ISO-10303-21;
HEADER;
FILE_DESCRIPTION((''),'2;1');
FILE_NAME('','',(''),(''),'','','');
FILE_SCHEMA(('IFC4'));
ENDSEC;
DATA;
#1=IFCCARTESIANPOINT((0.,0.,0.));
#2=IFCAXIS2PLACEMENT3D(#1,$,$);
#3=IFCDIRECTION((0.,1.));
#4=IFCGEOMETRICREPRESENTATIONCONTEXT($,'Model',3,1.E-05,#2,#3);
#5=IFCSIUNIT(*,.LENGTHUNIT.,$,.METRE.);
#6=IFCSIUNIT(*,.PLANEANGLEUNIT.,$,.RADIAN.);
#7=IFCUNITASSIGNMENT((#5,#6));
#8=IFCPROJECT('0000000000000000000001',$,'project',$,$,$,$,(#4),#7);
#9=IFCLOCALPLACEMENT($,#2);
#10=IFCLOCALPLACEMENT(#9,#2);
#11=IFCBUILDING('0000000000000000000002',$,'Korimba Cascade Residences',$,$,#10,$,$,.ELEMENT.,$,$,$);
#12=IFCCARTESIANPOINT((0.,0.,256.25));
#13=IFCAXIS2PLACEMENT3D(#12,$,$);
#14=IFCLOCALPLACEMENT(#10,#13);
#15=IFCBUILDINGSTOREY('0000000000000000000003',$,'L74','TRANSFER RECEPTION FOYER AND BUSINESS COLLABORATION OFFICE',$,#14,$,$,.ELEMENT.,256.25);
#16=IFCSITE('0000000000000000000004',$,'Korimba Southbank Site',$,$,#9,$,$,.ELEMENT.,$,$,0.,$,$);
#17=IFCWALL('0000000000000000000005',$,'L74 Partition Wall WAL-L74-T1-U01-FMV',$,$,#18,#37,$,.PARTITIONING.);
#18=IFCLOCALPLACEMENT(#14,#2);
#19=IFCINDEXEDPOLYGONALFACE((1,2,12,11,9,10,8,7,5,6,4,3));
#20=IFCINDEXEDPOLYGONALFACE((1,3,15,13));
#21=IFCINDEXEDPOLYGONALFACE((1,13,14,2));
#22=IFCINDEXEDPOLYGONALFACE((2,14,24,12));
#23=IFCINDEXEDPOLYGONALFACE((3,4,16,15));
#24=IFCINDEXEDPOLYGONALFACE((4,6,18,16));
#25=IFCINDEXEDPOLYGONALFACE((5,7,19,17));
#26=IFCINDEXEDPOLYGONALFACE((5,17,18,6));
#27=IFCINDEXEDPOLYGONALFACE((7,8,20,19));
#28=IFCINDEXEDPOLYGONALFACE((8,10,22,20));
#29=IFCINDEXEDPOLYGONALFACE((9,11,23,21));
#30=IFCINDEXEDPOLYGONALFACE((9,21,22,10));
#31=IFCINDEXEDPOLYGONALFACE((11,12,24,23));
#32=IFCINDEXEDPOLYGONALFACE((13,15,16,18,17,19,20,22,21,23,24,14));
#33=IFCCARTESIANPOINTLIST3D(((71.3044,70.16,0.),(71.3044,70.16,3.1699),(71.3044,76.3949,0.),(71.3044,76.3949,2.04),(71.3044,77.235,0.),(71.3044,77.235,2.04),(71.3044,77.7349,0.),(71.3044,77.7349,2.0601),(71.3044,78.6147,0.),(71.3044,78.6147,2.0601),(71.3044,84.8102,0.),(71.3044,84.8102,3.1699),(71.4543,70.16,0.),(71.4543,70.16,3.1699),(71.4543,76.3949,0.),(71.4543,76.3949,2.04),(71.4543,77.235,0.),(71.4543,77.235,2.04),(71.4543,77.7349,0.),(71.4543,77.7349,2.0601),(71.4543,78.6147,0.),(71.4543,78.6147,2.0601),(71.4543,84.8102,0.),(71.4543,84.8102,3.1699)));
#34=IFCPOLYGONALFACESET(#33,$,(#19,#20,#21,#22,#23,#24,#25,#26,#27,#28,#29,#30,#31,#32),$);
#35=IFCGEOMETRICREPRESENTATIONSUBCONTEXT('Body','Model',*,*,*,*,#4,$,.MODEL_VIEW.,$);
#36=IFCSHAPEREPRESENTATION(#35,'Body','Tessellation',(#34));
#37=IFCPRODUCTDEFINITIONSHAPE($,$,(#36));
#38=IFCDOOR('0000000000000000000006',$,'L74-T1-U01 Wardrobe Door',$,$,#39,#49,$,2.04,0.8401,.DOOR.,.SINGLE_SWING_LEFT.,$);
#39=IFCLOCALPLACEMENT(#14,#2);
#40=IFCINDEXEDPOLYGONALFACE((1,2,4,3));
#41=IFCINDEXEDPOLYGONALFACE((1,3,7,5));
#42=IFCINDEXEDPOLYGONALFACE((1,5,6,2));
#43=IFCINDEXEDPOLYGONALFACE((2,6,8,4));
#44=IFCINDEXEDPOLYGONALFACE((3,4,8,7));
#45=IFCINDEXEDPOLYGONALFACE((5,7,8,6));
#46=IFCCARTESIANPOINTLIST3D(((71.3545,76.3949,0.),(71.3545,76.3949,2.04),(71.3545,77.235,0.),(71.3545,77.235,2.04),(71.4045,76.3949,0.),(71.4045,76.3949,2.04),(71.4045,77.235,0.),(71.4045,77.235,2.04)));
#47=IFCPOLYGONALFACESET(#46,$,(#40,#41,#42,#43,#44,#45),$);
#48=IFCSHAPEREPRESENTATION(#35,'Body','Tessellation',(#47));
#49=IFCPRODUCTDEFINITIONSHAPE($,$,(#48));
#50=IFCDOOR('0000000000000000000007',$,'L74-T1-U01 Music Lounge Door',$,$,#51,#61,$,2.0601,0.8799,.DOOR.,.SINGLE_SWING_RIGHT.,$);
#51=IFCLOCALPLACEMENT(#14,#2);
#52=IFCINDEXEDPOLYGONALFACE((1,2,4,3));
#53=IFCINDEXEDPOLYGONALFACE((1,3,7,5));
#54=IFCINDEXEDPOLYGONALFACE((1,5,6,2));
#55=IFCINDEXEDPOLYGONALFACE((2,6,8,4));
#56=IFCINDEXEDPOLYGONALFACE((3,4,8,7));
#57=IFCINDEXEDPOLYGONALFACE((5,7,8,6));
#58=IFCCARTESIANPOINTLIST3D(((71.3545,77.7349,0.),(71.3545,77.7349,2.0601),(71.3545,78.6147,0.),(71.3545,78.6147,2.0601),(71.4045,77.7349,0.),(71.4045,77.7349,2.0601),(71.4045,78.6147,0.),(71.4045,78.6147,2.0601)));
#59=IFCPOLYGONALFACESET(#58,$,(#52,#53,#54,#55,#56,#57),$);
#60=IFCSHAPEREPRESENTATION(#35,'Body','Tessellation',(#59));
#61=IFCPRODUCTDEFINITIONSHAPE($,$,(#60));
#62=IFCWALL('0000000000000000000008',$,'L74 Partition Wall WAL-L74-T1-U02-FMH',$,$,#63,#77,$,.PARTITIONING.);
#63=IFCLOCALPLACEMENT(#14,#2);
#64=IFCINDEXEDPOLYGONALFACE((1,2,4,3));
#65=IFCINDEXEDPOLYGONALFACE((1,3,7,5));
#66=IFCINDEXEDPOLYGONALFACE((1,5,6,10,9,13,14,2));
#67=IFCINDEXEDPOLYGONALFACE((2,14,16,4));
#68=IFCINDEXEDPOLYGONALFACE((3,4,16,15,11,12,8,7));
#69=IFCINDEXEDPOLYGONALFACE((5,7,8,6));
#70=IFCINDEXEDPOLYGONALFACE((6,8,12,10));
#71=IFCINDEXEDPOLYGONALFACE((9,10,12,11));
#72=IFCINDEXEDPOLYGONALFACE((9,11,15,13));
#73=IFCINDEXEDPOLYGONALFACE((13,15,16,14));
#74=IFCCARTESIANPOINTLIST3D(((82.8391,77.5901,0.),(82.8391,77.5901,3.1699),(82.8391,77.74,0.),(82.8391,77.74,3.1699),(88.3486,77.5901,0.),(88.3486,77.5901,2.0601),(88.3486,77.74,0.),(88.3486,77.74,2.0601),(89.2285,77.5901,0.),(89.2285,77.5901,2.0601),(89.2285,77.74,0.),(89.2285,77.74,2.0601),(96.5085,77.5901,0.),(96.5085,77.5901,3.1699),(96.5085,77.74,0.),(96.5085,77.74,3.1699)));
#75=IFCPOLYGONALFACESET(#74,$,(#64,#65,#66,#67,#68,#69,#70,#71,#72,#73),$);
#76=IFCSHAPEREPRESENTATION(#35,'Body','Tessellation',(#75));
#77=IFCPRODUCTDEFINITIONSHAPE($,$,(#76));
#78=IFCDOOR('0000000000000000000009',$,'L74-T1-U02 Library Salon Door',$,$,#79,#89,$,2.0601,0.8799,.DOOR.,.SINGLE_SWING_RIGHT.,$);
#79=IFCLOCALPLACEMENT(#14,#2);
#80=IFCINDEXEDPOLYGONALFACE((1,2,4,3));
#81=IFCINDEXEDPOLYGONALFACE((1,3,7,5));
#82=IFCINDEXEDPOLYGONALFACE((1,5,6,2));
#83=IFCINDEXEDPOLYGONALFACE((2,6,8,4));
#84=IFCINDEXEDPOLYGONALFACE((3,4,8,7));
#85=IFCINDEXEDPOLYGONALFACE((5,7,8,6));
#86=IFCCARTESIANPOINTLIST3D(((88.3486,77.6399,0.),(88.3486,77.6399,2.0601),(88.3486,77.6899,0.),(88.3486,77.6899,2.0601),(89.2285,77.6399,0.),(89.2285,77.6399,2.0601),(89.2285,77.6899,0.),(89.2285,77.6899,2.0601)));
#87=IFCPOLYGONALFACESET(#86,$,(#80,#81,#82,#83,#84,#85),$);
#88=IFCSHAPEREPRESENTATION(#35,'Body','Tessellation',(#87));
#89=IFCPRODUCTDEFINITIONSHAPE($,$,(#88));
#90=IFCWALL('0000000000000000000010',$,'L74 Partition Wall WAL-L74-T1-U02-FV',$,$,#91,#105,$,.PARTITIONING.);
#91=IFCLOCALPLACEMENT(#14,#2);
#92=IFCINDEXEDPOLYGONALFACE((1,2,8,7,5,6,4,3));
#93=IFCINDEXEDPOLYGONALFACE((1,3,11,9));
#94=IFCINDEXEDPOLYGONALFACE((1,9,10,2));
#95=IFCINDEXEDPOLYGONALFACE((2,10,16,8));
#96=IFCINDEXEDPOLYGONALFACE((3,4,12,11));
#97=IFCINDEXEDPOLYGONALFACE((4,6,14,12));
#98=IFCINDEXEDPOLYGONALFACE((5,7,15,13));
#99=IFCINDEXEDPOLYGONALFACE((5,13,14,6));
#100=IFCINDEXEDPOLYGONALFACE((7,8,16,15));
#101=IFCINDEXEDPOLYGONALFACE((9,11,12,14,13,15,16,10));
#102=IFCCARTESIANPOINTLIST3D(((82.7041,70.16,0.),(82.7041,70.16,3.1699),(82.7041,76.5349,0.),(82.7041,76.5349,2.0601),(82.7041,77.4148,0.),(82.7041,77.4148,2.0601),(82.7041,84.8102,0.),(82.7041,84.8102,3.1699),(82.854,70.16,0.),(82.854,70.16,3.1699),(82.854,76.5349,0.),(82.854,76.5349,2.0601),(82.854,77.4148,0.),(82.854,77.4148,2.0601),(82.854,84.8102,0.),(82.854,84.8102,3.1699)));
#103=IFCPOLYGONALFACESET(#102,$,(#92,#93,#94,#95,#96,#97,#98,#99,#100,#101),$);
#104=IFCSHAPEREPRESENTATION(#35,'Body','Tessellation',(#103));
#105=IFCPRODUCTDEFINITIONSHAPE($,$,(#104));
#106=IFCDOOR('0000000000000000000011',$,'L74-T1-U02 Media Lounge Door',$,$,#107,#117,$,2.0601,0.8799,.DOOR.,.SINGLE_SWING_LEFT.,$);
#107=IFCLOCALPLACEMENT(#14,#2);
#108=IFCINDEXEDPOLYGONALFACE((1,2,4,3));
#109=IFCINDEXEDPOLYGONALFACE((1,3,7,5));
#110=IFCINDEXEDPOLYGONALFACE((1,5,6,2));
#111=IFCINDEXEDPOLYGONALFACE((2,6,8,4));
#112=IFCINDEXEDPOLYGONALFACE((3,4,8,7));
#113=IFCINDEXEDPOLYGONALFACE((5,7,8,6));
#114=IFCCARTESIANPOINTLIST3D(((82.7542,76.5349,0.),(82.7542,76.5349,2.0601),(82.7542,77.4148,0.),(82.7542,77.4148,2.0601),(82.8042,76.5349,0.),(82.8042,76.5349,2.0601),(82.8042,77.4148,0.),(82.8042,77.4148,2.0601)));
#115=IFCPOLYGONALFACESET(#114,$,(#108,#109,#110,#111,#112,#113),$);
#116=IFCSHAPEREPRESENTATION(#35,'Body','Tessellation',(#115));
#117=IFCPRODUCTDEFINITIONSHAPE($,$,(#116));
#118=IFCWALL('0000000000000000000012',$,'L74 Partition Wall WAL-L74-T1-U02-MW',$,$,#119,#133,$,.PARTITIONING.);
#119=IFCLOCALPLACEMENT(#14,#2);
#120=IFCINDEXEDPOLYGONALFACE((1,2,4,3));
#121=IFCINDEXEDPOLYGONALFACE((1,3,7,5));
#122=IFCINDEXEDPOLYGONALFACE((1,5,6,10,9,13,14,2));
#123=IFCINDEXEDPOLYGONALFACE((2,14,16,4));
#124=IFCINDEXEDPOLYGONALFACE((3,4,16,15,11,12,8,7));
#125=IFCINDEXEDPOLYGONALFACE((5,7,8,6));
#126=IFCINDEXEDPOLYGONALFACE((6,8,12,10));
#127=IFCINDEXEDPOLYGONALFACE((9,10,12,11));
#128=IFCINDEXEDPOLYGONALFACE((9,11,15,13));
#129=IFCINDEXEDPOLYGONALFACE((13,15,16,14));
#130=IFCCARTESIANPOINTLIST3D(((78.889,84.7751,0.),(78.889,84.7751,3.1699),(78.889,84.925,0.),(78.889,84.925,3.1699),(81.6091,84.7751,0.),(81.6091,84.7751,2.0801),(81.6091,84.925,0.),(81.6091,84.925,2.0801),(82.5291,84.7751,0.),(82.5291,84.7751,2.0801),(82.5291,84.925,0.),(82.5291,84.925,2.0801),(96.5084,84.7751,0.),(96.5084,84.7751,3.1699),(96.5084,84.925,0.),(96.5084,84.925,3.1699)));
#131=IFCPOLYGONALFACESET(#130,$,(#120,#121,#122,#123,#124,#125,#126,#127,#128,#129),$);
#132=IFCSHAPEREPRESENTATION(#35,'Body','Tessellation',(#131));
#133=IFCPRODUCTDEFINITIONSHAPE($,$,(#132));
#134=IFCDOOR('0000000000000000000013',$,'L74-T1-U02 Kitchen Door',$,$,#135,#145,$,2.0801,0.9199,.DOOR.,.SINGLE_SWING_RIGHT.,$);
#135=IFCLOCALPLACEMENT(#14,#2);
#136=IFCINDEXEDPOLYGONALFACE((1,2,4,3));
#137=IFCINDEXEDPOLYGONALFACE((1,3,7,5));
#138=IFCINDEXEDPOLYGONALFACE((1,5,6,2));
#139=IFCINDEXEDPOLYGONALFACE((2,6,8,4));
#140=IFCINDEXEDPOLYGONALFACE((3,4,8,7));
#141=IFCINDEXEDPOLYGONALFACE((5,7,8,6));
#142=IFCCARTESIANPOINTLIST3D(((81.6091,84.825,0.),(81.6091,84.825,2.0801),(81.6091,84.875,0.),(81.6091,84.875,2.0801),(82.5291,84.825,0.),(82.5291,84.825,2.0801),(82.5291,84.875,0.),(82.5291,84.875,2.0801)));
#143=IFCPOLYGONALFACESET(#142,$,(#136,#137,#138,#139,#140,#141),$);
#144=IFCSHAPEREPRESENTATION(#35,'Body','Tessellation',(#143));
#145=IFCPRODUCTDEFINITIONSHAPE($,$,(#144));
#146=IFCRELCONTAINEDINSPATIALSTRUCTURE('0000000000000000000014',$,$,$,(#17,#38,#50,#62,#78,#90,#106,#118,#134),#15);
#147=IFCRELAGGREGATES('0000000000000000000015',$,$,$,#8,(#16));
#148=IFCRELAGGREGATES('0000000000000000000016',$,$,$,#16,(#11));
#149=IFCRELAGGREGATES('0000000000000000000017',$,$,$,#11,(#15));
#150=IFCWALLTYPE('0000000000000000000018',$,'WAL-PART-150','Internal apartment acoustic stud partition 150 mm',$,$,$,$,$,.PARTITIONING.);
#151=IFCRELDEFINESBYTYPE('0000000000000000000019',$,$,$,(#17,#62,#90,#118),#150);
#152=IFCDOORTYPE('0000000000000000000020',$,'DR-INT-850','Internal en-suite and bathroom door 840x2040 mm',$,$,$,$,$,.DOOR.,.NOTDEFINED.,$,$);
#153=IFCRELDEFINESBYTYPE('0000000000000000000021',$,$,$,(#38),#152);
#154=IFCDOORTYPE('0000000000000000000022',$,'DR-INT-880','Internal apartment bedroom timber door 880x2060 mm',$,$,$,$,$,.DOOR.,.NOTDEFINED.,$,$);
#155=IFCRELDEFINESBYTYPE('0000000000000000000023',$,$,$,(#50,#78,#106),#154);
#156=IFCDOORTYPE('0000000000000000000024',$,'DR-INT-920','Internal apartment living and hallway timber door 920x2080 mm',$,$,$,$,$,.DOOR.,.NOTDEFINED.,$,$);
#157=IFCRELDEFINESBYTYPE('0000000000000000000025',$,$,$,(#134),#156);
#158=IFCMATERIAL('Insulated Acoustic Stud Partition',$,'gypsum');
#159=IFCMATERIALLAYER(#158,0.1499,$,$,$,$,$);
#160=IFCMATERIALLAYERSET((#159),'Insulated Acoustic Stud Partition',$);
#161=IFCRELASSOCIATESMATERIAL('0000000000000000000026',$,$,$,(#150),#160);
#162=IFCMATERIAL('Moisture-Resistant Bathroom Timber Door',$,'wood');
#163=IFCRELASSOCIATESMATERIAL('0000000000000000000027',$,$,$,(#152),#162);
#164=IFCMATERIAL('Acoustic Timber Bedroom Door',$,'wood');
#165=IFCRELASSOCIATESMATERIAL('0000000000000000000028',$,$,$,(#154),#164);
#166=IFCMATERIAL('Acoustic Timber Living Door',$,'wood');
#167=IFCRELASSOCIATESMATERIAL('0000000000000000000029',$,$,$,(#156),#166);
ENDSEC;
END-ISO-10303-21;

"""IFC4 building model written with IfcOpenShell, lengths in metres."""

from ifc_helpers import new_model, si_unit, direction, frame, frame_2d, origin, place, context, subcontext, project, spatial, rectangle, extrude, material, layer, layer_set, type_object, element, fill, save


model = new_model("IFC4")

# Units and contexts
model_context = context("Model", 3, precision=1e-05, world=origin(), true_north=direction((0.0, 1.0)))
body_context = subcontext(model_context, "Body", "Model", "MODEL_VIEW")
ifc_project = project(units=[si_unit("LENGTHUNIT", "METRE"), si_unit("PLANEANGLEUNIT", "RADIAN")], contexts=[model_context])

# Site, building, storey
site_placement = place(None, origin())
site = spatial("IfcSite", under=ifc_project, at=site_placement, Name="Korimba Southbank Site", CompositionType="ELEMENT", RefElevation=0.0)
building_placement = place(site_placement, origin())
building = spatial("IfcBuilding", under=site, at=building_placement, Name="Korimba Cascade Residences", CompositionType="ELEMENT")
storey_placement = place(building_placement, frame((0.0, 0.0, 256.25)))
storey = spatial("IfcBuildingStorey", under=building, at=storey_placement, Name="L74", Description="TRANSFER RECEPTION FOYER AND BUSINESS COLLABORATION OFFICE", CompositionType="ELEMENT", Elevation=256.25)

# Wall, openings, doors
ifc_material_1 = material(Name="Insulated Acoustic Stud Partition", Category="gypsum")
ifc_layer_1 = layer(ifc_material_1, 0.1499)
ifc_layer_set_1 = layer_set([ifc_layer_1], Name="Insulated Acoustic Stud Partition")
wall_type_1 = type_object("IfcWallType", Name="WAL-PART-150", Description="Internal apartment acoustic stud partition 150 mm", PredefinedType="PARTITIONING", material=ifc_layer_set_1)
wall_1_placement = place(storey_placement, frame((71.3794, 70.1599, 0.0), z_axis=(0.0, 0.0, 1.0), x_axis=(0.0, 1.0, 0.0)))
wall_1 = element("IfcWall", 1, at=wall_1_placement, inside=storey, type_object=wall_type_1, Name="L74 Partition Wall WAL-L74-T1-U01-FMV", PredefinedType="PARTITIONING", context=body_context, shape_type="SweptSolid", body=[
    extrude(rectangle(XDim=14.6501, YDim=0.1499, at=frame_2d((7.3252, 0.0))), origin(), (0.0, 0.0, 1.0), 3.1699),
])
opening_1_placement = place(wall_1_placement, frame((6.2351, 0.0, 0.0)))
opening_1 = element("IfcOpeningElement", 2, at=opening_1_placement, cuts=wall_1, PredefinedType="OPENING", context=body_context, shape_type="SweptSolid", body=[
    extrude(rectangle(XDim=0.8401, YDim=2.04, at=frame_2d((0.4199, 1.02))), frame((0.0, 0.085, 0.0), z_axis=(0.0, -1.0, 0.0), x_axis=(1.0, 0.0, 0.0)), (0.0, 0.0, 1.0), 0.1699),
])
opening_2_placement = place(wall_1_placement, frame((7.575, 0.0, 0.0)))
opening_2 = element("IfcOpeningElement", 3, at=opening_2_placement, cuts=wall_1, PredefinedType="OPENING", context=body_context, shape_type="SweptSolid", body=[
    extrude(rectangle(XDim=0.8799, YDim=2.0601, at=frame_2d((0.4399, 1.03))), frame((0.0, 0.085, 0.0), z_axis=(0.0, -1.0, 0.0), x_axis=(1.0, 0.0, 0.0)), (0.0, 0.0, 1.0), 0.1699),
])
ifc_material_2 = material(Name="Moisture-Resistant Bathroom Timber Door", Category="wood")
door_type_1 = type_object("IfcDoorType", Name="DR-INT-850", Description="Internal en-suite and bathroom door 840x2040 mm", OperationType="NOTDEFINED", PredefinedType="DOOR", material=ifc_material_2)
door_1_placement = place(opening_1_placement, origin())
door_1 = element("IfcDoor", 4, at=door_1_placement, inside=storey, type_object=door_type_1, Name="L74-T1-U01 Wardrobe Door", OperationType="SINGLE_SWING_LEFT", OverallHeight=2.04, OverallWidth=0.8401, PredefinedType="DOOR", context=body_context, shape_type="SweptSolid", body=[
    extrude(rectangle(XDim=0.8401, YDim=2.04, at=frame_2d((0.4199, 1.02))), frame((0.0, 0.0249, 0.0), z_axis=(0.0, -1.0, 0.0), x_axis=(1.0, 0.0, 0.0)), (0.0, 0.0, 1.0), 0.05),
])
fill(opening_1, door_1)
ifc_material_3 = material(Name="Acoustic Timber Bedroom Door", Category="wood")
door_type_2 = type_object("IfcDoorType", Name="DR-INT-880", Description="Internal apartment bedroom timber door 880x2060 mm", OperationType="NOTDEFINED", PredefinedType="DOOR", material=ifc_material_3)
door_2_placement = place(opening_2_placement, origin())
door_2 = element("IfcDoor", 5, at=door_2_placement, inside=storey, type_object=door_type_2, Name="L74-T1-U01 Music Lounge Door", OperationType="SINGLE_SWING_RIGHT", OverallHeight=2.0601, OverallWidth=0.8799, PredefinedType="DOOR", context=body_context, shape_type="SweptSolid", body=[
    extrude(rectangle(XDim=0.8799, YDim=2.0601, at=frame_2d((0.4399, 1.03))), frame((0.0, 0.0249, 0.0), z_axis=(0.0, -1.0, 0.0), x_axis=(1.0, 0.0, 0.0)), (0.0, 0.0, 1.0), 0.05),
])
fill(opening_2, door_2)

# Walls, openings, doors
wall_2_placement = place(storey_placement, frame((82.8391, 77.665, 0.0), z_axis=(0.0, 0.0, 1.0), x_axis=(1.0, 0.0, 0.0)))
wall_2 = element("IfcWall", 6, at=wall_2_placement, inside=storey, type_object=wall_type_1, Name="L74 Partition Wall WAL-L74-T1-U02-FMH", PredefinedType="PARTITIONING", context=body_context, shape_type="SweptSolid", body=[
    extrude(rectangle(XDim=13.6694, YDim=0.1499, at=frame_2d((6.8347, 0.0))), origin(), (0.0, 0.0, 1.0), 3.1699),
])
opening_3_placement = place(wall_2_placement, frame((5.5095, 0.0, 0.0)))
opening_3 = element("IfcOpeningElement", 7, at=opening_3_placement, cuts=wall_2, PredefinedType="OPENING", context=body_context, shape_type="SweptSolid", body=[
    extrude(rectangle(XDim=0.8799, YDim=2.0601, at=frame_2d((0.4399, 1.03))), frame((0.0, 0.085, 0.0), z_axis=(0.0, -1.0, 0.0), x_axis=(1.0, 0.0, 0.0)), (0.0, 0.0, 1.0), 0.1699),
])
door_3_placement = place(opening_3_placement, origin())
door_3 = element("IfcDoor", 8, at=door_3_placement, inside=storey, type_object=door_type_2, Name="L74-T1-U02 Library Salon Door", OperationType="SINGLE_SWING_RIGHT", OverallHeight=2.0601, OverallWidth=0.8799, PredefinedType="DOOR", context=body_context, shape_type="SweptSolid", body=[
    extrude(rectangle(XDim=0.8799, YDim=2.0601, at=frame_2d((0.4399, 1.03))), frame((0.0, 0.0249, 0.0), z_axis=(0.0, -1.0, 0.0), x_axis=(1.0, 0.0, 0.0)), (0.0, 0.0, 1.0), 0.05),
])
fill(opening_3, door_3)
wall_3_placement = place(storey_placement, frame((82.7791, 70.1599, 0.0), z_axis=(0.0, 0.0, 1.0), x_axis=(0.0, 1.0, 0.0)))
wall_3 = element("IfcWall", 9, at=wall_3_placement, inside=storey, type_object=wall_type_1, Name="L74 Partition Wall WAL-L74-T1-U02-FV", PredefinedType="PARTITIONING", context=body_context, shape_type="SweptSolid", body=[
    extrude(rectangle(XDim=14.6501, YDim=0.1499, at=frame_2d((7.3252, 0.0))), origin(), (0.0, 0.0, 1.0), 3.1699),
])
opening_4_placement = place(wall_3_placement, frame((6.375, 0.0, 0.0)))
opening_4 = element("IfcOpeningElement", 10, at=opening_4_placement, cuts=wall_3, PredefinedType="OPENING", context=body_context, shape_type="SweptSolid", body=[
    extrude(rectangle(XDim=0.8799, YDim=2.0601, at=frame_2d((0.4399, 1.03))), frame((0.0, 0.085, 0.0), z_axis=(0.0, -1.0, 0.0), x_axis=(1.0, 0.0, 0.0)), (0.0, 0.0, 1.0), 0.1699),
])
door_4_placement = place(opening_4_placement, origin())
door_4 = element("IfcDoor", 11, at=door_4_placement, inside=storey, type_object=door_type_2, Name="L74-T1-U02 Media Lounge Door", OperationType="SINGLE_SWING_LEFT", OverallHeight=2.0601, OverallWidth=0.8799, PredefinedType="DOOR", context=body_context, shape_type="SweptSolid", body=[
    extrude(rectangle(XDim=0.8799, YDim=2.0601, at=frame_2d((0.4399, 1.03))), frame((0.0, 0.0249, 0.0), z_axis=(0.0, -1.0, 0.0), x_axis=(1.0, 0.0, 0.0)), (0.0, 0.0, 1.0), 0.05),
])
fill(opening_4, door_4)
wall_4_placement = place(storey_placement, frame((78.8892, 84.8501, 0.0), z_axis=(0.0, 0.0, 1.0), x_axis=(1.0, 0.0, 0.0)))
wall_4 = element("IfcWall", 12, at=wall_4_placement, inside=storey, type_object=wall_type_1, Name="L74 Partition Wall WAL-L74-T1-U02-MW", PredefinedType="PARTITIONING", context=body_context, shape_type="SweptSolid", body=[
    extrude(rectangle(XDim=17.6194, YDim=0.1499, at=frame_2d((8.8096, 0.0))), origin(), (0.0, 0.0, 1.0), 3.1699),
])
opening_5_placement = place(wall_4_placement, frame((2.72, 0.0, 0.0)))
opening_5 = element("IfcOpeningElement", 13, at=opening_5_placement, cuts=wall_4, PredefinedType="OPENING", context=body_context, shape_type="SweptSolid", body=[
    extrude(rectangle(XDim=0.9199, YDim=2.0801, at=frame_2d((0.46, 1.04))), frame((0.0, 0.085, 0.0), z_axis=(0.0, -1.0, 0.0), x_axis=(1.0, 0.0, 0.0)), (0.0, 0.0, 1.0), 0.1699),
])
ifc_material_4 = material(Name="Acoustic Timber Living Door", Category="wood")
door_type_3 = type_object("IfcDoorType", Name="DR-INT-920", Description="Internal apartment living and hallway timber door 920x2080 mm", OperationType="NOTDEFINED", PredefinedType="DOOR", material=ifc_material_4)
door_5_placement = place(opening_5_placement, origin())
door_5 = element("IfcDoor", 14, at=door_5_placement, inside=storey, type_object=door_type_3, Name="L74-T1-U02 Kitchen Door", OperationType="SINGLE_SWING_RIGHT", OverallHeight=2.0801, OverallWidth=0.9199, PredefinedType="DOOR", context=body_context, shape_type="SweptSolid", body=[
    extrude(rectangle(XDim=0.9199, YDim=2.0801, at=frame_2d((0.46, 1.04))), frame((0.0, 0.0249, 0.0), z_axis=(0.0, -1.0, 0.0), x_axis=(1.0, 0.0, 0.0)), (0.0, 0.0, 1.0), 0.05),
])
fill(opening_5, door_5)

save(model, "model.ifc")
